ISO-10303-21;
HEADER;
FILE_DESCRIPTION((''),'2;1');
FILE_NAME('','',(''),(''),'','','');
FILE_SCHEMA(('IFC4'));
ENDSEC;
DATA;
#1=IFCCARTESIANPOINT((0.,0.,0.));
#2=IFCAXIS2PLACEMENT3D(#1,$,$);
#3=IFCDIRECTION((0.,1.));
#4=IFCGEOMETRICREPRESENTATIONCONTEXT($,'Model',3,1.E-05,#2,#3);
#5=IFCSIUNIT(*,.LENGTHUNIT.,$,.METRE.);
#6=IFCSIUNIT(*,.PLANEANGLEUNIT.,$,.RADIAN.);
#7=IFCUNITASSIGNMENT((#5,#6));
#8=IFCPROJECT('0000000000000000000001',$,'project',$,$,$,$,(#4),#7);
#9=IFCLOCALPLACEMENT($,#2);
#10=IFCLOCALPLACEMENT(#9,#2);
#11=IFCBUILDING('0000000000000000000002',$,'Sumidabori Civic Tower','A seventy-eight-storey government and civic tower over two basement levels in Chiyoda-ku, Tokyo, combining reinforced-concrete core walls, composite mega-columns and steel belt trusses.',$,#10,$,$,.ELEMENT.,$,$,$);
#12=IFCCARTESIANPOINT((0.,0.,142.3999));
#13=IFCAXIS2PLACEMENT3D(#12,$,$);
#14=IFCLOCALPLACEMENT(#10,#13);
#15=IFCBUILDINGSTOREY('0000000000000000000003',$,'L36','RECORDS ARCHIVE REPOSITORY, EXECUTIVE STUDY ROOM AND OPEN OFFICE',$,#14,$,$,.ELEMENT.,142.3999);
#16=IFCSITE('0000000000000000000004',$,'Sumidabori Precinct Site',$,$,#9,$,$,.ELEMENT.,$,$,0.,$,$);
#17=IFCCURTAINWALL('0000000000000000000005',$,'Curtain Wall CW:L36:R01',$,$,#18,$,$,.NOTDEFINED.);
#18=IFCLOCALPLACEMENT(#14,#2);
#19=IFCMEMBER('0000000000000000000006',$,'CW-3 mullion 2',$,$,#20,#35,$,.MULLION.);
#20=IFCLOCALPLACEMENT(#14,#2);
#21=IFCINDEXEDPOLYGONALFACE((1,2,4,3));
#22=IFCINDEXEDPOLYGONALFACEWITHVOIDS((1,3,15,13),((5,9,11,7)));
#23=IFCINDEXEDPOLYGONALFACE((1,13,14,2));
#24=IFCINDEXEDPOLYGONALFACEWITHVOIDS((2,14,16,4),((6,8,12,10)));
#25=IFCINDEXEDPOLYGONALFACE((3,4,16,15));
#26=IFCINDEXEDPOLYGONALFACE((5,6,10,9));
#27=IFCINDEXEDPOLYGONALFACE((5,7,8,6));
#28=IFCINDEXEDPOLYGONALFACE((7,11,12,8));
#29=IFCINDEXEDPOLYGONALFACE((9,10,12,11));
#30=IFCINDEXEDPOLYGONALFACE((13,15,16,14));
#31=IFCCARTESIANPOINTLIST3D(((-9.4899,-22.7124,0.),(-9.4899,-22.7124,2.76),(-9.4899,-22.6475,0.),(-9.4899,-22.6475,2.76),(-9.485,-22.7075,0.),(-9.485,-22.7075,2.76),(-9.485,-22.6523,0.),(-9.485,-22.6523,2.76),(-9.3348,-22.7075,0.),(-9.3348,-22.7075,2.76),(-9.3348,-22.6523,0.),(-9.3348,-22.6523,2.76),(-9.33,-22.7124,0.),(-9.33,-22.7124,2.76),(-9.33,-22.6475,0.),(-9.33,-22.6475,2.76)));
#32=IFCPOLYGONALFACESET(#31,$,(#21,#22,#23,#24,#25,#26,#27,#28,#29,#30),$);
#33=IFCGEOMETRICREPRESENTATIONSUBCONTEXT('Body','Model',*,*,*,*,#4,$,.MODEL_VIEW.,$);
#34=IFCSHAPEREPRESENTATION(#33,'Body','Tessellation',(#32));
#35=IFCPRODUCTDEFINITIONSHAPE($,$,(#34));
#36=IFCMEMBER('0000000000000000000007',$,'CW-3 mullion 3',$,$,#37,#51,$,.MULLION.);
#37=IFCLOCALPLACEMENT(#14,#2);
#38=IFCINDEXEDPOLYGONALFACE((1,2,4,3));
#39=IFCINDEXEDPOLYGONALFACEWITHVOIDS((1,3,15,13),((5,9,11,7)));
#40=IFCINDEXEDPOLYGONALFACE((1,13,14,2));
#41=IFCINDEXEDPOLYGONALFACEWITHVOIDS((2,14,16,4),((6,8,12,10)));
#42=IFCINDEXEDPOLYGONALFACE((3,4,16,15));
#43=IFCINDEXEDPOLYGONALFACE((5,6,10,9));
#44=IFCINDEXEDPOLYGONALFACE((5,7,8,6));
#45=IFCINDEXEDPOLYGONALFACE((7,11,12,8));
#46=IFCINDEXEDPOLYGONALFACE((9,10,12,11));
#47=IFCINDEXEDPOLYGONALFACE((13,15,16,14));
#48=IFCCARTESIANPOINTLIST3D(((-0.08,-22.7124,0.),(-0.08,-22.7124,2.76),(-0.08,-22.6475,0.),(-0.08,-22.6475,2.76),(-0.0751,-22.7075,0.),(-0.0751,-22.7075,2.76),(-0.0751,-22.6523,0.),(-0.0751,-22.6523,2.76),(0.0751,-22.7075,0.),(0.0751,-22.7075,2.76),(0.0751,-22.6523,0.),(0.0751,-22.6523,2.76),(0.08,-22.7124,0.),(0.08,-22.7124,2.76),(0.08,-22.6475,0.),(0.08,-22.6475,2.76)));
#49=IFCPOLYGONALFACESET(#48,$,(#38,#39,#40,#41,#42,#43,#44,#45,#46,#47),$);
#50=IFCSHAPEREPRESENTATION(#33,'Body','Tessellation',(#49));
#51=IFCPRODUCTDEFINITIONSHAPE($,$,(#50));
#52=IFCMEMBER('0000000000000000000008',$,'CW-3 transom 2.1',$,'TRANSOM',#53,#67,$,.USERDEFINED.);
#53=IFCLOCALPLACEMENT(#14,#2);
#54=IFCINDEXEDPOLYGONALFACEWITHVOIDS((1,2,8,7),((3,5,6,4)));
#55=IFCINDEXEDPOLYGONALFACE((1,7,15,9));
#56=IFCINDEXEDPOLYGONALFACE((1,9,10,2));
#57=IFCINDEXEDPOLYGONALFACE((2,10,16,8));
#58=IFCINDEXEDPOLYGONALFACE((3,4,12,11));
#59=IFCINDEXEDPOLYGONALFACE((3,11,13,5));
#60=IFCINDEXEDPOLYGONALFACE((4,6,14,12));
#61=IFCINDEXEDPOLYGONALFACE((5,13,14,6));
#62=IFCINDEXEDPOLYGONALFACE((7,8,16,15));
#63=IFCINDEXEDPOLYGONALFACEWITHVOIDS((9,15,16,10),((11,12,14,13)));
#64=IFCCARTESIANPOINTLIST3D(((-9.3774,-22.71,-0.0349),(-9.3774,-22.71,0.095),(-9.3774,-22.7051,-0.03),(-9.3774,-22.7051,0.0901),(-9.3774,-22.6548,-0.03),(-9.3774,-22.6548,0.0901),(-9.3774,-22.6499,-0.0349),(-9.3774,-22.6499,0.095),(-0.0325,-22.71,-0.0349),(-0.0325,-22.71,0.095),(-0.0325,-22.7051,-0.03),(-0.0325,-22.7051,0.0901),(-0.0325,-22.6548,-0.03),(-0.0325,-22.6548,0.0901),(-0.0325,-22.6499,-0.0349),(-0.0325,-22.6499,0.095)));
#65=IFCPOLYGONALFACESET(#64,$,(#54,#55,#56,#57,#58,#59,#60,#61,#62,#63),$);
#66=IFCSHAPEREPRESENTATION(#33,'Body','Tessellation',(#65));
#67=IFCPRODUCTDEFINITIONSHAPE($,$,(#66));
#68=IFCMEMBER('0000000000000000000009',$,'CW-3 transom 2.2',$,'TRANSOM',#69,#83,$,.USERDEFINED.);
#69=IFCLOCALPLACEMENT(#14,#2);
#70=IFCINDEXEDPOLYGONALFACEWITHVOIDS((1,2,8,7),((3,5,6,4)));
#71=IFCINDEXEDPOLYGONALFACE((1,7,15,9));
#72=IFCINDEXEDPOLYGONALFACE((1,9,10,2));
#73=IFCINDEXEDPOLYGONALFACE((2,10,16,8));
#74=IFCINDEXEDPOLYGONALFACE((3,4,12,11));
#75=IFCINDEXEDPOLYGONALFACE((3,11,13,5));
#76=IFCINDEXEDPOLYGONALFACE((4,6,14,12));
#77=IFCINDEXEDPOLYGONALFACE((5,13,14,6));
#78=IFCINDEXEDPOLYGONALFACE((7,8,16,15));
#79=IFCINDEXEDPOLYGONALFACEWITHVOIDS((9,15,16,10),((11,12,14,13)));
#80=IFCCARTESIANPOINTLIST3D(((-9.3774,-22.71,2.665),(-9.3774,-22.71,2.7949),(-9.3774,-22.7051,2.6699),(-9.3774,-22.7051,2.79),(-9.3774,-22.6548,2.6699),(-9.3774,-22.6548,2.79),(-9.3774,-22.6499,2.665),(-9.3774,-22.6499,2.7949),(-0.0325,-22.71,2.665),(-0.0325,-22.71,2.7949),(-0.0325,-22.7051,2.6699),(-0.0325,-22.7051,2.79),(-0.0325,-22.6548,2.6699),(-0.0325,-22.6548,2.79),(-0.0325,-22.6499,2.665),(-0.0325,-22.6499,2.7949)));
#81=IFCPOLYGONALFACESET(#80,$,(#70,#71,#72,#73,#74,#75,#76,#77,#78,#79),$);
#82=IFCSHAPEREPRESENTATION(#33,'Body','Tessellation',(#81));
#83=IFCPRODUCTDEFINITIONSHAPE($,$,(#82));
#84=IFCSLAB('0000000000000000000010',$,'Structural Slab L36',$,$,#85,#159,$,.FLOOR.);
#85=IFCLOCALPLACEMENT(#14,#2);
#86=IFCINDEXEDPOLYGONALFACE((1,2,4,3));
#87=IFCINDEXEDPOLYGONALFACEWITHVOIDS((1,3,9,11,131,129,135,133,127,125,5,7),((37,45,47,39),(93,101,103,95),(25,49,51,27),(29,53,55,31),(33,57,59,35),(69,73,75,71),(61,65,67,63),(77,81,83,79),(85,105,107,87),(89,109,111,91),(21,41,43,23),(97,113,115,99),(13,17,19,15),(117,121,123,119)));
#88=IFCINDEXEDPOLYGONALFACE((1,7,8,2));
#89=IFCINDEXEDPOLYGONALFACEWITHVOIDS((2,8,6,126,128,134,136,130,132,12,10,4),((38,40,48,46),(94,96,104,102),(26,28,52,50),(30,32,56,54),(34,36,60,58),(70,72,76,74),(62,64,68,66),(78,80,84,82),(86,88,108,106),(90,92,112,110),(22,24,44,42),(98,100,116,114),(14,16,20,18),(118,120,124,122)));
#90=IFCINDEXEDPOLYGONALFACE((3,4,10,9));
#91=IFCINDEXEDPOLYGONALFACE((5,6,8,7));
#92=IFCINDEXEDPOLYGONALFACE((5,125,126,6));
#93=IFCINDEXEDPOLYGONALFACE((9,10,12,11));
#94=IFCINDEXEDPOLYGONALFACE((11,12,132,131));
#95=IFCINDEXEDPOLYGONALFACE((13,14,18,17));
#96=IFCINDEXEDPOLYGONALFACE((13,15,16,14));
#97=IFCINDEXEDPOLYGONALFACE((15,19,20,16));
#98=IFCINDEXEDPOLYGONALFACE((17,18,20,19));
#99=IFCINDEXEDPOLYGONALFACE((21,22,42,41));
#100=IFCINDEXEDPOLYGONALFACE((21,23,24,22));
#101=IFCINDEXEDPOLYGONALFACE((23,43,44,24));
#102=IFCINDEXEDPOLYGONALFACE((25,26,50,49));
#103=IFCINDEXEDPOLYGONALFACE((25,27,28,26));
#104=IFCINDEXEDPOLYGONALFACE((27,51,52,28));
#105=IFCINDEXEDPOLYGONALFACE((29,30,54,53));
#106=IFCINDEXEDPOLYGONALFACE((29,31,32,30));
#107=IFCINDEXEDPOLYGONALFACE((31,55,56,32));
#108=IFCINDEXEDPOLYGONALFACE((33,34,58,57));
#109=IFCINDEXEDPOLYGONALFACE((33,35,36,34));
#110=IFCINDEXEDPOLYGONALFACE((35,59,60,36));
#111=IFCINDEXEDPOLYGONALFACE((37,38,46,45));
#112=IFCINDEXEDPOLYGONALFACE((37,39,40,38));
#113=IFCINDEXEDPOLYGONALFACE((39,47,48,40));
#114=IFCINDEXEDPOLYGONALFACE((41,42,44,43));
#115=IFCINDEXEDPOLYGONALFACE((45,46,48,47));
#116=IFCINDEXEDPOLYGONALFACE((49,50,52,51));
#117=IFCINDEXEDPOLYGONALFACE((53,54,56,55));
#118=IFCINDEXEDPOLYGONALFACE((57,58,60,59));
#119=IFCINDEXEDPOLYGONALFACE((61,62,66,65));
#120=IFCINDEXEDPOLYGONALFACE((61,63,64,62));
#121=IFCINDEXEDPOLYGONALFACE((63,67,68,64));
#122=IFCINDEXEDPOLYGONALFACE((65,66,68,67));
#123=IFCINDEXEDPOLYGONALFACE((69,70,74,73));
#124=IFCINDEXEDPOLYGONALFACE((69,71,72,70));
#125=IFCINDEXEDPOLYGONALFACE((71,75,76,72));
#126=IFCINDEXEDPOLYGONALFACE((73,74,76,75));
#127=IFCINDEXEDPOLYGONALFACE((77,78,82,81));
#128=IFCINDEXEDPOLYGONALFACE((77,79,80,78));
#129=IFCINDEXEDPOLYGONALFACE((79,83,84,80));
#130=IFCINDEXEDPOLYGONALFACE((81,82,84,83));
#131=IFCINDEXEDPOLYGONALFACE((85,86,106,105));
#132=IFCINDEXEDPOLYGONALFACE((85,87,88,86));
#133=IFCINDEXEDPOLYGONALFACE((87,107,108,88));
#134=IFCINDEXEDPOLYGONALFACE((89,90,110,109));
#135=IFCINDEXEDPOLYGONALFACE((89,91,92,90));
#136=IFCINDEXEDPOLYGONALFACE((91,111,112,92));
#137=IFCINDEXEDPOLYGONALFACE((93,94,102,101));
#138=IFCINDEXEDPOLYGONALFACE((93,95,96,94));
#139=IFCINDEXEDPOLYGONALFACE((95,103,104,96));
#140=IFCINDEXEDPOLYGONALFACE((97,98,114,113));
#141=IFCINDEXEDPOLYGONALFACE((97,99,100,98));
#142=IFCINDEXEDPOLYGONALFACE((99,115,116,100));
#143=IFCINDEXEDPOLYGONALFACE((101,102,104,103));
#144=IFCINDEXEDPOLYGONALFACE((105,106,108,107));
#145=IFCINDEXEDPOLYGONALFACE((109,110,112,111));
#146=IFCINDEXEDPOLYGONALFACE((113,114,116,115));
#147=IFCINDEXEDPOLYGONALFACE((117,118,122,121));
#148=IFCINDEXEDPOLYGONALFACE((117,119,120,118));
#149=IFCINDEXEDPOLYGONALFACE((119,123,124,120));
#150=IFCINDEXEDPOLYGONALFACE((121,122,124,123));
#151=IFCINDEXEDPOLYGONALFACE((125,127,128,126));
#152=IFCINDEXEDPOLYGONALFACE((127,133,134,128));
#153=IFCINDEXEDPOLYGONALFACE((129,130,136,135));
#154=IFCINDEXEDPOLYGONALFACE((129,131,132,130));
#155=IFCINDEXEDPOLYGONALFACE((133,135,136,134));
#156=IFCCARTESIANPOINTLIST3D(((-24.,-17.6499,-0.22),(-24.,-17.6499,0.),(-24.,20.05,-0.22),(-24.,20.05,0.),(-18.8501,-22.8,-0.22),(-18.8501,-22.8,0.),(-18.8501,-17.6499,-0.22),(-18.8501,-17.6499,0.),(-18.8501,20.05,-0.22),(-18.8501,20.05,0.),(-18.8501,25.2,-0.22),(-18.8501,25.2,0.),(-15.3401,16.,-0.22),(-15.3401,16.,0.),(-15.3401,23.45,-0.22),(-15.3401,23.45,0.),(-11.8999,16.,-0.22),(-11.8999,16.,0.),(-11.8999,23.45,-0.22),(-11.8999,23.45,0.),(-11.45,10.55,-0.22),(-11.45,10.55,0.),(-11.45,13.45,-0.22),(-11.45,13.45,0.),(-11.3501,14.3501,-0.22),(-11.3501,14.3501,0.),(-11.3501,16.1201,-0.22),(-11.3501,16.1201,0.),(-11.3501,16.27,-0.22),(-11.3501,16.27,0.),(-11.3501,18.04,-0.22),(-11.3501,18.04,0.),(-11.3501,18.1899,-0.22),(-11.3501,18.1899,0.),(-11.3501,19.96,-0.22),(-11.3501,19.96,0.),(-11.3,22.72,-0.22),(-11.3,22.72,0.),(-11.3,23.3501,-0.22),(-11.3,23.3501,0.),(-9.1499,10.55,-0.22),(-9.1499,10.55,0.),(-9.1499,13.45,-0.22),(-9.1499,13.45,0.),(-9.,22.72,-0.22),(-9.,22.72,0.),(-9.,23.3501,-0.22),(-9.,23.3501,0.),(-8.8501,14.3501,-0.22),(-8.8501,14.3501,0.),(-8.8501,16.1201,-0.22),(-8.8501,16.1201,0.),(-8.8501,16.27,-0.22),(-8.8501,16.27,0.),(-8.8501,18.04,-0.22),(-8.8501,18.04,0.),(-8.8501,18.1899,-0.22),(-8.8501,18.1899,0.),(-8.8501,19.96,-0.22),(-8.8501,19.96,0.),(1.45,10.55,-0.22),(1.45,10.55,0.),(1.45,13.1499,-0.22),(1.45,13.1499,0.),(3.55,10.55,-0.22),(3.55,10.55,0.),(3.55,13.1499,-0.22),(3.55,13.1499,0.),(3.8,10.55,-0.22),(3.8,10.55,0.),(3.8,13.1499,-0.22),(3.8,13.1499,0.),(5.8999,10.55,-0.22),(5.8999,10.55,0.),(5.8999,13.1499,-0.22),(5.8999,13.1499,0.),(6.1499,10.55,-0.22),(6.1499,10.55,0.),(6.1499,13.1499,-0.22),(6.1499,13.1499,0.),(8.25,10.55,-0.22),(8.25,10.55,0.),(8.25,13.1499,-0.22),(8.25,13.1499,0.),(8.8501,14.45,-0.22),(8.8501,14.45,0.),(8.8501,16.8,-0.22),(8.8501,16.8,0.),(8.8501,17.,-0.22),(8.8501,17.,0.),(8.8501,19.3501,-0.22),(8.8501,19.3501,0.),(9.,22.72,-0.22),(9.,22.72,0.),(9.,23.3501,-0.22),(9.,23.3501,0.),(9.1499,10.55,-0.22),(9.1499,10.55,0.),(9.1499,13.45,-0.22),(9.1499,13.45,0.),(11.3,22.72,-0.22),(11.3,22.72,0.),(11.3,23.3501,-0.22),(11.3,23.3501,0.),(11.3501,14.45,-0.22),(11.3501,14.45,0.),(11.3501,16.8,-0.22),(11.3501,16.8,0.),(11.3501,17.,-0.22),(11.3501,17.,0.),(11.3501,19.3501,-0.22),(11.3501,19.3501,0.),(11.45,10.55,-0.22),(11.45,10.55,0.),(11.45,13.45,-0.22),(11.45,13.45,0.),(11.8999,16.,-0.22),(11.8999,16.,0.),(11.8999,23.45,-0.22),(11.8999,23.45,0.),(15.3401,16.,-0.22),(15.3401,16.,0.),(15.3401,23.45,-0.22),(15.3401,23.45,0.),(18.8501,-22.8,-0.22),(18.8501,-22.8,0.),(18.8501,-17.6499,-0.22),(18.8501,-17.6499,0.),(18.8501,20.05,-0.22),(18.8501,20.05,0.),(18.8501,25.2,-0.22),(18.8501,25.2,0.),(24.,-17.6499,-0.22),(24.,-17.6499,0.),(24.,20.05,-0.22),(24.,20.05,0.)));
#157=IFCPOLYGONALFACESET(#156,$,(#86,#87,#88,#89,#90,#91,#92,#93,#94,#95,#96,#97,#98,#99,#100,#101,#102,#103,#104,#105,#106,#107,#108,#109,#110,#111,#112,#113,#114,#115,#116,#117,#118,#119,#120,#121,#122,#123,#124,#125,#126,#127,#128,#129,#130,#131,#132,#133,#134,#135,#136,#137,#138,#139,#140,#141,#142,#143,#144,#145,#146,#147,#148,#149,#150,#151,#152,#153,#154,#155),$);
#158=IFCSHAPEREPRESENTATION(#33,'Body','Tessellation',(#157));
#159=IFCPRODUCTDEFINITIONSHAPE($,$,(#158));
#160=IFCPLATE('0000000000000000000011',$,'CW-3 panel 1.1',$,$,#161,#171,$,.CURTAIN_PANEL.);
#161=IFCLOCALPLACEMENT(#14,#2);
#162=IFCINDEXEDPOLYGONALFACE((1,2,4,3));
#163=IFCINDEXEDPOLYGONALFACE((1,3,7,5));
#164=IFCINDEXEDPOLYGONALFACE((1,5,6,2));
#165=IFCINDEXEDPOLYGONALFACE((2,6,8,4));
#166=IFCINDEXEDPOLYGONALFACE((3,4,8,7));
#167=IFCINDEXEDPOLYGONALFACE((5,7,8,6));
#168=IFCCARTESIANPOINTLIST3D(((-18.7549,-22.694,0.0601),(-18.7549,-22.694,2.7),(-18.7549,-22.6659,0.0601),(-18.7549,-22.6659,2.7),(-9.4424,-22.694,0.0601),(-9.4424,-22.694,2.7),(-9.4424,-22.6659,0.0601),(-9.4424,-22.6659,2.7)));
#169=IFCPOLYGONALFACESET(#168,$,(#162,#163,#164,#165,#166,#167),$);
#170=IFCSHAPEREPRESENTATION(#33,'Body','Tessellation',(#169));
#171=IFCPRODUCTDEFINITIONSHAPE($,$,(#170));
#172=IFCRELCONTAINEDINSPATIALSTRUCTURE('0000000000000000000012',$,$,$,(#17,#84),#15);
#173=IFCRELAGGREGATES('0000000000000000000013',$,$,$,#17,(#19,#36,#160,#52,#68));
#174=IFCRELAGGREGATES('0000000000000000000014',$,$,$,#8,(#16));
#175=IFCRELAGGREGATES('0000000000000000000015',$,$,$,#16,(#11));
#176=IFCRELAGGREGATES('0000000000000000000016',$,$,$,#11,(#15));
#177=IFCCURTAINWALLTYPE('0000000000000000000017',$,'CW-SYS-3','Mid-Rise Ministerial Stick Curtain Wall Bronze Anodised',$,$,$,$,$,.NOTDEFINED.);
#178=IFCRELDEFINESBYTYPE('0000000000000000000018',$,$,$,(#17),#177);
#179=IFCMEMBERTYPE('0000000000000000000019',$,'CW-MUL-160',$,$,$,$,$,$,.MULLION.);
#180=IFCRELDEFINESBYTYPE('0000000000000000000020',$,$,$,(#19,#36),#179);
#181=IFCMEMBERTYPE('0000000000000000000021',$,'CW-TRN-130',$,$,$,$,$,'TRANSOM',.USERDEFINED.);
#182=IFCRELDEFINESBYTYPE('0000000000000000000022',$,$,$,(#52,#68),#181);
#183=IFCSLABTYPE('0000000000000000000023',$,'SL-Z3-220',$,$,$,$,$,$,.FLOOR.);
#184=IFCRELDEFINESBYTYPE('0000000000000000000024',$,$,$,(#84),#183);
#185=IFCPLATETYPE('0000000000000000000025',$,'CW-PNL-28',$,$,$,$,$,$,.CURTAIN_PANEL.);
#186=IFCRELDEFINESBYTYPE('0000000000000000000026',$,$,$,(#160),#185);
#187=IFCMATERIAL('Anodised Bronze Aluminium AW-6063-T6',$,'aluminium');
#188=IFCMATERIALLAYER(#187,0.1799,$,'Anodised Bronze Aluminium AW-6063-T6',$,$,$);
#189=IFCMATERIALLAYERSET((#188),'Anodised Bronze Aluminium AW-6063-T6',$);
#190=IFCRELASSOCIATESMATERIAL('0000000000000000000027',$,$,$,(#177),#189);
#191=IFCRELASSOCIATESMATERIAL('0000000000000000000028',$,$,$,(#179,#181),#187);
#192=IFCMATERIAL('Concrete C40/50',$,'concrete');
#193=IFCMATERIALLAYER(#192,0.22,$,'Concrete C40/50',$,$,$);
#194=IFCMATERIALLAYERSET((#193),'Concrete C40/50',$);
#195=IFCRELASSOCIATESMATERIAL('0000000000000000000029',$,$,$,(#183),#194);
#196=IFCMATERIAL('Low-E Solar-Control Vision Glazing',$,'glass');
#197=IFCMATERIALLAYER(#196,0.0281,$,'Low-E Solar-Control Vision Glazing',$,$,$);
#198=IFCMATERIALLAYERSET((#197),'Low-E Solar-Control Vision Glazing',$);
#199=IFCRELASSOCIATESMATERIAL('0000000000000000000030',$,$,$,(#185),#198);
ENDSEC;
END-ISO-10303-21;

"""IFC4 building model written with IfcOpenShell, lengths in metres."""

from ifc_helpers import new_model, si_unit, direction, frame, origin, origin_2d, place, context, subcontext, project, spatial, polyline, rectangle, hollow_rectangle, outline, extrude, source, transform, mapped, material, layer, layer_set, material_profile, profile_set, type_object, element, aggregate, save


model = new_model("IFC4")

# Units and contexts
model_context = context("Model", 3, precision=1e-05, world=origin(), true_north=direction((0.0, 1.0)))
body_context = subcontext(model_context, "Body", "Model", "MODEL_VIEW")
ifc_project = project(units=[si_unit("LENGTHUNIT", "METRE"), si_unit("PLANEANGLEUNIT", "RADIAN")], contexts=[model_context])

# Site, building, storey
site_placement = place(None, origin())
site = spatial("IfcSite", under=ifc_project, at=site_placement, Name="Sumidabori Precinct Site", CompositionType="ELEMENT", RefElevation=0.0)
building_placement = place(site_placement, origin())
building = spatial("IfcBuilding", under=site, at=building_placement, Name="Sumidabori Civic Tower", Description="A seventy-eight-storey government and civic tower over two basement levels in Chiyoda-ku, Tokyo, combining reinforced-concrete core walls, composite mega-columns and steel belt trusses.", CompositionType="ELEMENT")
storey_placement = place(building_placement, frame((0.0, 0.0, 142.3999)))
storey = spatial("IfcBuildingStorey", under=building, at=storey_placement, Name="L36", Description="RECORDS ARCHIVE REPOSITORY, EXECUTIVE STUDY ROOM AND OPEN OFFICE", CompositionType="ELEMENT", Elevation=142.3999)

# Curtain wall, members
ifc_material_1 = material(Name="Anodised Bronze Aluminium AW-6063-T6", Category="aluminium")
ifc_layer_1 = layer(ifc_material_1, 0.1799, Name="Anodised Bronze Aluminium AW-6063-T6")
ifc_layer_set_1 = layer_set([ifc_layer_1], Name="Anodised Bronze Aluminium AW-6063-T6")
curtain_wall_type = type_object("IfcCurtainWallType", Name="CW-SYS-3", Description="Mid-Rise Ministerial Stick Curtain Wall Bronze Anodised", PredefinedType="NOTDEFINED", material=ifc_layer_set_1)
curtain_wall_placement = place(storey_placement, origin())
curtain_wall = element("IfcCurtainWall", 1, at=curtain_wall_placement, inside=storey, type_object=curtain_wall_type, Name="Curtain Wall CW:L36:R01", PredefinedType="NOTDEFINED")
ifc_material_profile_1 = material_profile(ifc_material_1, hollow_rectangle(XDim=0.0649, YDim=0.1599, WallThickness=0.0049, at=origin_2d()), Name="ALU MULLION 160x65")
ifc_profile_set_1 = profile_set([ifc_material_profile_1], Name="Anodised Bronze Aluminium AW-6063-T6")
member_type_1 = type_object("IfcMemberType", Name="CW-MUL-160", PredefinedType="MULLION", material=ifc_profile_set_1)
shared_shape_1 = source(origin(), body_context, "Body", "SweptSolid", [
    extrude(hollow_rectangle(XDim=0.0649, YDim=0.1599, WallThickness=0.0049, at=origin_2d()), origin(), (0.0, 0.0, 1.0), 2.76),
])
member_1_placement = place(storey_placement, frame((-9.4099, -22.6799, 0.0), z_axis=(0.0, 0.0, 1.0), x_axis=(0.0, 1.0, 0.0)))
member_1 = element("IfcMember", 2, at=member_1_placement, type_object=member_type_1, Name="CW-3 mullion 2", PredefinedType="MULLION", context=body_context, shape_type="MappedRepresentation", body=[
    mapped(shared_shape_1, transform((0.0, 0.0, 0.0), x_axis=(1.0, 0.0, 0.0), y_axis=(0.0, 1.0, 0.0), z_axis=(0.0, 0.0, 1.0), scale=1.0)),
])
member_2_placement = place(storey_placement, frame((0.0, -22.6799, 0.0), z_axis=(0.0, 0.0, 1.0), x_axis=(0.0, 1.0, 0.0)))
member_2 = element("IfcMember", 3, at=member_2_placement, type_object=member_type_1, Name="CW-3 mullion 3", PredefinedType="MULLION", context=body_context, shape_type="MappedRepresentation", body=[
    mapped(shared_shape_1, transform((0.0, 0.0, 0.0), x_axis=(1.0, 0.0, 0.0), y_axis=(0.0, 1.0, 0.0), z_axis=(0.0, 0.0, 1.0), scale=1.0)),
])
ifc_material_profile_2 = material_profile(ifc_material_1, hollow_rectangle(XDim=0.0601, YDim=0.1299, WallThickness=0.0049, at=origin_2d()), Name="ALU TRANSOM 130x60")
ifc_profile_set_2 = profile_set([ifc_material_profile_2], Name="Anodised Bronze Aluminium AW-6063-T6")
member_type_2 = type_object("IfcMemberType", Name="CW-TRN-130", ElementType="TRANSOM", PredefinedType="USERDEFINED", material=ifc_profile_set_2)
shared_shape_2 = source(origin(), body_context, "Body", "SweptSolid", [
    extrude(hollow_rectangle(XDim=0.0601, YDim=0.1299, WallThickness=0.0049, at=origin_2d()), origin(), (0.0, 0.0, 1.0), 9.345),
])
member_3_placement = place(storey_placement, frame((-9.3774, -22.6799, 0.03), z_axis=(1.0, 0.0, 0.0), x_axis=(0.0, 1.0, 0.0)))
member_3 = element("IfcMember", 4, at=member_3_placement, type_object=member_type_2, Name="CW-3 transom 2.1", ObjectType="TRANSOM", PredefinedType="USERDEFINED", context=body_context, shape_type="MappedRepresentation", body=[
    mapped(shared_shape_2, transform((0.0, 0.0, 0.0), x_axis=(1.0, 0.0, 0.0), y_axis=(0.0, 1.0, 0.0), z_axis=(0.0, 0.0, 1.0), scale=1.0)),
])
member_4_placement = place(storey_placement, frame((-9.3774, -22.6799, 2.73), z_axis=(1.0, 0.0, 0.0), x_axis=(0.0, 1.0, 0.0)))
member_4 = element("IfcMember", 5, at=member_4_placement, type_object=member_type_2, Name="CW-3 transom 2.2", ObjectType="TRANSOM", PredefinedType="USERDEFINED", context=body_context, shape_type="MappedRepresentation", body=[
    mapped(shared_shape_2, transform((0.0, 0.0, 0.0), x_axis=(1.0, 0.0, 0.0), y_axis=(0.0, 1.0, 0.0), z_axis=(0.0, 0.0, 1.0), scale=1.0)),
])

# Slab
ifc_material_2 = material(Name="Concrete C40/50", Category="concrete")
ifc_layer_2 = layer(ifc_material_2, 0.22, Name="Concrete C40/50")
ifc_layer_set_2 = layer_set([ifc_layer_2], Name="Concrete C40/50")
slab_type = type_object("IfcSlabType", Name="SL-Z3-220", PredefinedType="FLOOR", material=ifc_layer_set_2)
slab_placement = place(storey_placement, frame((0.0, 0.0, -0.22)))
element("IfcSlab", 6, at=slab_placement, inside=storey, type_object=slab_type, Name="Structural Slab L36", PredefinedType="FLOOR", context=body_context, shape_type="SweptSolid", body=[
    extrude(outline(polyline([(-18.8501, -22.8), (18.8501, -22.8), (18.8501, -17.6499), (24.0, -17.6499), (24.0, 20.05), (18.8501, 20.05), (18.8501, 25.2), (-18.8501, 25.2), (-18.8501, 20.05), (-24.0, 20.05), (-24.0, -17.6499), (-18.8501, -17.6499), (-18.8501, -22.8)]), holes=[polyline([(-11.8999, 16.0), (-11.8999, 23.45), (-15.3401, 23.45), (-15.3401, 16.0), (-11.8999, 16.0)]), polyline([(15.3401, 16.0), (15.3401, 23.45), (11.8999, 23.45), (11.8999, 16.0), (15.3401, 16.0)]), polyline([(-11.45, 10.55), (-9.1499, 10.55), (-9.1499, 13.45), (-11.45, 13.45), (-11.45, 10.55)]), polyline([(9.1499, 10.55), (11.45, 10.55), (11.45, 13.45), (9.1499, 13.45), (9.1499, 10.55)]), polyline([(1.45, 10.55), (3.55, 10.55), (3.55, 13.1499), (1.45, 13.1499), (1.45, 10.55)]), polyline([(3.8, 10.55), (5.8999, 10.55), (5.8999, 13.1499), (3.8, 13.1499), (3.8, 10.55)]), polyline([(6.1499, 10.55), (8.25, 10.55), (8.25, 13.1499), (6.1499, 13.1499), (6.1499, 10.55)]), polyline([(-11.3501, 14.3501), (-8.8501, 14.3501), (-8.8501, 16.1201), (-11.3501, 16.1201), (-11.3501, 14.3501)]), polyline([(-11.3501, 16.27), (-8.8501, 16.27), (-8.8501, 18.04), (-11.3501, 18.04), (-11.3501, 16.27)]), polyline([(-11.3501, 18.1899), (-8.8501, 18.1899), (-8.8501, 19.96), (-11.3501, 19.96), (-11.3501, 18.1899)]), polyline([(8.8501, 14.45), (11.3501, 14.45), (11.3501, 16.8), (8.8501, 16.8), (8.8501, 14.45)]), polyline([(8.8501, 17.0), (11.3501, 17.0), (11.3501, 19.3501), (8.8501, 19.3501), (8.8501, 17.0)]), polyline([(-11.3, 22.72), (-9.0, 22.72), (-9.0, 23.3501), (-11.3, 23.3501), (-11.3, 22.72)]), polyline([(9.0, 22.72), (11.3, 22.72), (11.3, 23.3501), (9.0, 23.3501), (9.0, 22.72)])]), origin(), (0.0, 0.0, 1.0), 0.22),
])

# Plate
ifc_material_3 = material(Name="Low-E Solar-Control Vision Glazing", Category="glass")
ifc_layer_3 = layer(ifc_material_3, 0.0281, Name="Low-E Solar-Control Vision Glazing")
ifc_layer_set_3 = layer_set([ifc_layer_3], Name="Low-E Solar-Control Vision Glazing")
plate_type = type_object("IfcPlateType", Name="CW-PNL-28", PredefinedType="CURTAIN_PANEL", material=ifc_layer_set_3)
shared_shape_3 = source(origin(), body_context, "Body", "SweptSolid", [
    extrude(rectangle(XDim=9.3125, YDim=0.0281, at=origin_2d()), origin(), (0.0, 0.0, 1.0), 2.6399),
])
plate_1_placement = place(storey_placement, frame((-14.0986, -22.6799, 0.0601), z_axis=(0.0, 0.0, 1.0), x_axis=(1.0, 0.0, 0.0)))
plate_1 = element("IfcPlate", 7, at=plate_1_placement, type_object=plate_type, Name="CW-3 panel 1.1", PredefinedType="CURTAIN_PANEL", context=body_context, shape_type="MappedRepresentation", body=[
    mapped(shared_shape_3, transform((0.0, 0.0, 0.0), x_axis=(1.0, 0.0, 0.0), y_axis=(0.0, 1.0, 0.0), z_axis=(0.0, 0.0, 1.0), scale=1.0)),
])
aggregate(curtain_wall, [member_1, member_2, plate_1, member_3, member_4])

save(model, "model.ifc")
